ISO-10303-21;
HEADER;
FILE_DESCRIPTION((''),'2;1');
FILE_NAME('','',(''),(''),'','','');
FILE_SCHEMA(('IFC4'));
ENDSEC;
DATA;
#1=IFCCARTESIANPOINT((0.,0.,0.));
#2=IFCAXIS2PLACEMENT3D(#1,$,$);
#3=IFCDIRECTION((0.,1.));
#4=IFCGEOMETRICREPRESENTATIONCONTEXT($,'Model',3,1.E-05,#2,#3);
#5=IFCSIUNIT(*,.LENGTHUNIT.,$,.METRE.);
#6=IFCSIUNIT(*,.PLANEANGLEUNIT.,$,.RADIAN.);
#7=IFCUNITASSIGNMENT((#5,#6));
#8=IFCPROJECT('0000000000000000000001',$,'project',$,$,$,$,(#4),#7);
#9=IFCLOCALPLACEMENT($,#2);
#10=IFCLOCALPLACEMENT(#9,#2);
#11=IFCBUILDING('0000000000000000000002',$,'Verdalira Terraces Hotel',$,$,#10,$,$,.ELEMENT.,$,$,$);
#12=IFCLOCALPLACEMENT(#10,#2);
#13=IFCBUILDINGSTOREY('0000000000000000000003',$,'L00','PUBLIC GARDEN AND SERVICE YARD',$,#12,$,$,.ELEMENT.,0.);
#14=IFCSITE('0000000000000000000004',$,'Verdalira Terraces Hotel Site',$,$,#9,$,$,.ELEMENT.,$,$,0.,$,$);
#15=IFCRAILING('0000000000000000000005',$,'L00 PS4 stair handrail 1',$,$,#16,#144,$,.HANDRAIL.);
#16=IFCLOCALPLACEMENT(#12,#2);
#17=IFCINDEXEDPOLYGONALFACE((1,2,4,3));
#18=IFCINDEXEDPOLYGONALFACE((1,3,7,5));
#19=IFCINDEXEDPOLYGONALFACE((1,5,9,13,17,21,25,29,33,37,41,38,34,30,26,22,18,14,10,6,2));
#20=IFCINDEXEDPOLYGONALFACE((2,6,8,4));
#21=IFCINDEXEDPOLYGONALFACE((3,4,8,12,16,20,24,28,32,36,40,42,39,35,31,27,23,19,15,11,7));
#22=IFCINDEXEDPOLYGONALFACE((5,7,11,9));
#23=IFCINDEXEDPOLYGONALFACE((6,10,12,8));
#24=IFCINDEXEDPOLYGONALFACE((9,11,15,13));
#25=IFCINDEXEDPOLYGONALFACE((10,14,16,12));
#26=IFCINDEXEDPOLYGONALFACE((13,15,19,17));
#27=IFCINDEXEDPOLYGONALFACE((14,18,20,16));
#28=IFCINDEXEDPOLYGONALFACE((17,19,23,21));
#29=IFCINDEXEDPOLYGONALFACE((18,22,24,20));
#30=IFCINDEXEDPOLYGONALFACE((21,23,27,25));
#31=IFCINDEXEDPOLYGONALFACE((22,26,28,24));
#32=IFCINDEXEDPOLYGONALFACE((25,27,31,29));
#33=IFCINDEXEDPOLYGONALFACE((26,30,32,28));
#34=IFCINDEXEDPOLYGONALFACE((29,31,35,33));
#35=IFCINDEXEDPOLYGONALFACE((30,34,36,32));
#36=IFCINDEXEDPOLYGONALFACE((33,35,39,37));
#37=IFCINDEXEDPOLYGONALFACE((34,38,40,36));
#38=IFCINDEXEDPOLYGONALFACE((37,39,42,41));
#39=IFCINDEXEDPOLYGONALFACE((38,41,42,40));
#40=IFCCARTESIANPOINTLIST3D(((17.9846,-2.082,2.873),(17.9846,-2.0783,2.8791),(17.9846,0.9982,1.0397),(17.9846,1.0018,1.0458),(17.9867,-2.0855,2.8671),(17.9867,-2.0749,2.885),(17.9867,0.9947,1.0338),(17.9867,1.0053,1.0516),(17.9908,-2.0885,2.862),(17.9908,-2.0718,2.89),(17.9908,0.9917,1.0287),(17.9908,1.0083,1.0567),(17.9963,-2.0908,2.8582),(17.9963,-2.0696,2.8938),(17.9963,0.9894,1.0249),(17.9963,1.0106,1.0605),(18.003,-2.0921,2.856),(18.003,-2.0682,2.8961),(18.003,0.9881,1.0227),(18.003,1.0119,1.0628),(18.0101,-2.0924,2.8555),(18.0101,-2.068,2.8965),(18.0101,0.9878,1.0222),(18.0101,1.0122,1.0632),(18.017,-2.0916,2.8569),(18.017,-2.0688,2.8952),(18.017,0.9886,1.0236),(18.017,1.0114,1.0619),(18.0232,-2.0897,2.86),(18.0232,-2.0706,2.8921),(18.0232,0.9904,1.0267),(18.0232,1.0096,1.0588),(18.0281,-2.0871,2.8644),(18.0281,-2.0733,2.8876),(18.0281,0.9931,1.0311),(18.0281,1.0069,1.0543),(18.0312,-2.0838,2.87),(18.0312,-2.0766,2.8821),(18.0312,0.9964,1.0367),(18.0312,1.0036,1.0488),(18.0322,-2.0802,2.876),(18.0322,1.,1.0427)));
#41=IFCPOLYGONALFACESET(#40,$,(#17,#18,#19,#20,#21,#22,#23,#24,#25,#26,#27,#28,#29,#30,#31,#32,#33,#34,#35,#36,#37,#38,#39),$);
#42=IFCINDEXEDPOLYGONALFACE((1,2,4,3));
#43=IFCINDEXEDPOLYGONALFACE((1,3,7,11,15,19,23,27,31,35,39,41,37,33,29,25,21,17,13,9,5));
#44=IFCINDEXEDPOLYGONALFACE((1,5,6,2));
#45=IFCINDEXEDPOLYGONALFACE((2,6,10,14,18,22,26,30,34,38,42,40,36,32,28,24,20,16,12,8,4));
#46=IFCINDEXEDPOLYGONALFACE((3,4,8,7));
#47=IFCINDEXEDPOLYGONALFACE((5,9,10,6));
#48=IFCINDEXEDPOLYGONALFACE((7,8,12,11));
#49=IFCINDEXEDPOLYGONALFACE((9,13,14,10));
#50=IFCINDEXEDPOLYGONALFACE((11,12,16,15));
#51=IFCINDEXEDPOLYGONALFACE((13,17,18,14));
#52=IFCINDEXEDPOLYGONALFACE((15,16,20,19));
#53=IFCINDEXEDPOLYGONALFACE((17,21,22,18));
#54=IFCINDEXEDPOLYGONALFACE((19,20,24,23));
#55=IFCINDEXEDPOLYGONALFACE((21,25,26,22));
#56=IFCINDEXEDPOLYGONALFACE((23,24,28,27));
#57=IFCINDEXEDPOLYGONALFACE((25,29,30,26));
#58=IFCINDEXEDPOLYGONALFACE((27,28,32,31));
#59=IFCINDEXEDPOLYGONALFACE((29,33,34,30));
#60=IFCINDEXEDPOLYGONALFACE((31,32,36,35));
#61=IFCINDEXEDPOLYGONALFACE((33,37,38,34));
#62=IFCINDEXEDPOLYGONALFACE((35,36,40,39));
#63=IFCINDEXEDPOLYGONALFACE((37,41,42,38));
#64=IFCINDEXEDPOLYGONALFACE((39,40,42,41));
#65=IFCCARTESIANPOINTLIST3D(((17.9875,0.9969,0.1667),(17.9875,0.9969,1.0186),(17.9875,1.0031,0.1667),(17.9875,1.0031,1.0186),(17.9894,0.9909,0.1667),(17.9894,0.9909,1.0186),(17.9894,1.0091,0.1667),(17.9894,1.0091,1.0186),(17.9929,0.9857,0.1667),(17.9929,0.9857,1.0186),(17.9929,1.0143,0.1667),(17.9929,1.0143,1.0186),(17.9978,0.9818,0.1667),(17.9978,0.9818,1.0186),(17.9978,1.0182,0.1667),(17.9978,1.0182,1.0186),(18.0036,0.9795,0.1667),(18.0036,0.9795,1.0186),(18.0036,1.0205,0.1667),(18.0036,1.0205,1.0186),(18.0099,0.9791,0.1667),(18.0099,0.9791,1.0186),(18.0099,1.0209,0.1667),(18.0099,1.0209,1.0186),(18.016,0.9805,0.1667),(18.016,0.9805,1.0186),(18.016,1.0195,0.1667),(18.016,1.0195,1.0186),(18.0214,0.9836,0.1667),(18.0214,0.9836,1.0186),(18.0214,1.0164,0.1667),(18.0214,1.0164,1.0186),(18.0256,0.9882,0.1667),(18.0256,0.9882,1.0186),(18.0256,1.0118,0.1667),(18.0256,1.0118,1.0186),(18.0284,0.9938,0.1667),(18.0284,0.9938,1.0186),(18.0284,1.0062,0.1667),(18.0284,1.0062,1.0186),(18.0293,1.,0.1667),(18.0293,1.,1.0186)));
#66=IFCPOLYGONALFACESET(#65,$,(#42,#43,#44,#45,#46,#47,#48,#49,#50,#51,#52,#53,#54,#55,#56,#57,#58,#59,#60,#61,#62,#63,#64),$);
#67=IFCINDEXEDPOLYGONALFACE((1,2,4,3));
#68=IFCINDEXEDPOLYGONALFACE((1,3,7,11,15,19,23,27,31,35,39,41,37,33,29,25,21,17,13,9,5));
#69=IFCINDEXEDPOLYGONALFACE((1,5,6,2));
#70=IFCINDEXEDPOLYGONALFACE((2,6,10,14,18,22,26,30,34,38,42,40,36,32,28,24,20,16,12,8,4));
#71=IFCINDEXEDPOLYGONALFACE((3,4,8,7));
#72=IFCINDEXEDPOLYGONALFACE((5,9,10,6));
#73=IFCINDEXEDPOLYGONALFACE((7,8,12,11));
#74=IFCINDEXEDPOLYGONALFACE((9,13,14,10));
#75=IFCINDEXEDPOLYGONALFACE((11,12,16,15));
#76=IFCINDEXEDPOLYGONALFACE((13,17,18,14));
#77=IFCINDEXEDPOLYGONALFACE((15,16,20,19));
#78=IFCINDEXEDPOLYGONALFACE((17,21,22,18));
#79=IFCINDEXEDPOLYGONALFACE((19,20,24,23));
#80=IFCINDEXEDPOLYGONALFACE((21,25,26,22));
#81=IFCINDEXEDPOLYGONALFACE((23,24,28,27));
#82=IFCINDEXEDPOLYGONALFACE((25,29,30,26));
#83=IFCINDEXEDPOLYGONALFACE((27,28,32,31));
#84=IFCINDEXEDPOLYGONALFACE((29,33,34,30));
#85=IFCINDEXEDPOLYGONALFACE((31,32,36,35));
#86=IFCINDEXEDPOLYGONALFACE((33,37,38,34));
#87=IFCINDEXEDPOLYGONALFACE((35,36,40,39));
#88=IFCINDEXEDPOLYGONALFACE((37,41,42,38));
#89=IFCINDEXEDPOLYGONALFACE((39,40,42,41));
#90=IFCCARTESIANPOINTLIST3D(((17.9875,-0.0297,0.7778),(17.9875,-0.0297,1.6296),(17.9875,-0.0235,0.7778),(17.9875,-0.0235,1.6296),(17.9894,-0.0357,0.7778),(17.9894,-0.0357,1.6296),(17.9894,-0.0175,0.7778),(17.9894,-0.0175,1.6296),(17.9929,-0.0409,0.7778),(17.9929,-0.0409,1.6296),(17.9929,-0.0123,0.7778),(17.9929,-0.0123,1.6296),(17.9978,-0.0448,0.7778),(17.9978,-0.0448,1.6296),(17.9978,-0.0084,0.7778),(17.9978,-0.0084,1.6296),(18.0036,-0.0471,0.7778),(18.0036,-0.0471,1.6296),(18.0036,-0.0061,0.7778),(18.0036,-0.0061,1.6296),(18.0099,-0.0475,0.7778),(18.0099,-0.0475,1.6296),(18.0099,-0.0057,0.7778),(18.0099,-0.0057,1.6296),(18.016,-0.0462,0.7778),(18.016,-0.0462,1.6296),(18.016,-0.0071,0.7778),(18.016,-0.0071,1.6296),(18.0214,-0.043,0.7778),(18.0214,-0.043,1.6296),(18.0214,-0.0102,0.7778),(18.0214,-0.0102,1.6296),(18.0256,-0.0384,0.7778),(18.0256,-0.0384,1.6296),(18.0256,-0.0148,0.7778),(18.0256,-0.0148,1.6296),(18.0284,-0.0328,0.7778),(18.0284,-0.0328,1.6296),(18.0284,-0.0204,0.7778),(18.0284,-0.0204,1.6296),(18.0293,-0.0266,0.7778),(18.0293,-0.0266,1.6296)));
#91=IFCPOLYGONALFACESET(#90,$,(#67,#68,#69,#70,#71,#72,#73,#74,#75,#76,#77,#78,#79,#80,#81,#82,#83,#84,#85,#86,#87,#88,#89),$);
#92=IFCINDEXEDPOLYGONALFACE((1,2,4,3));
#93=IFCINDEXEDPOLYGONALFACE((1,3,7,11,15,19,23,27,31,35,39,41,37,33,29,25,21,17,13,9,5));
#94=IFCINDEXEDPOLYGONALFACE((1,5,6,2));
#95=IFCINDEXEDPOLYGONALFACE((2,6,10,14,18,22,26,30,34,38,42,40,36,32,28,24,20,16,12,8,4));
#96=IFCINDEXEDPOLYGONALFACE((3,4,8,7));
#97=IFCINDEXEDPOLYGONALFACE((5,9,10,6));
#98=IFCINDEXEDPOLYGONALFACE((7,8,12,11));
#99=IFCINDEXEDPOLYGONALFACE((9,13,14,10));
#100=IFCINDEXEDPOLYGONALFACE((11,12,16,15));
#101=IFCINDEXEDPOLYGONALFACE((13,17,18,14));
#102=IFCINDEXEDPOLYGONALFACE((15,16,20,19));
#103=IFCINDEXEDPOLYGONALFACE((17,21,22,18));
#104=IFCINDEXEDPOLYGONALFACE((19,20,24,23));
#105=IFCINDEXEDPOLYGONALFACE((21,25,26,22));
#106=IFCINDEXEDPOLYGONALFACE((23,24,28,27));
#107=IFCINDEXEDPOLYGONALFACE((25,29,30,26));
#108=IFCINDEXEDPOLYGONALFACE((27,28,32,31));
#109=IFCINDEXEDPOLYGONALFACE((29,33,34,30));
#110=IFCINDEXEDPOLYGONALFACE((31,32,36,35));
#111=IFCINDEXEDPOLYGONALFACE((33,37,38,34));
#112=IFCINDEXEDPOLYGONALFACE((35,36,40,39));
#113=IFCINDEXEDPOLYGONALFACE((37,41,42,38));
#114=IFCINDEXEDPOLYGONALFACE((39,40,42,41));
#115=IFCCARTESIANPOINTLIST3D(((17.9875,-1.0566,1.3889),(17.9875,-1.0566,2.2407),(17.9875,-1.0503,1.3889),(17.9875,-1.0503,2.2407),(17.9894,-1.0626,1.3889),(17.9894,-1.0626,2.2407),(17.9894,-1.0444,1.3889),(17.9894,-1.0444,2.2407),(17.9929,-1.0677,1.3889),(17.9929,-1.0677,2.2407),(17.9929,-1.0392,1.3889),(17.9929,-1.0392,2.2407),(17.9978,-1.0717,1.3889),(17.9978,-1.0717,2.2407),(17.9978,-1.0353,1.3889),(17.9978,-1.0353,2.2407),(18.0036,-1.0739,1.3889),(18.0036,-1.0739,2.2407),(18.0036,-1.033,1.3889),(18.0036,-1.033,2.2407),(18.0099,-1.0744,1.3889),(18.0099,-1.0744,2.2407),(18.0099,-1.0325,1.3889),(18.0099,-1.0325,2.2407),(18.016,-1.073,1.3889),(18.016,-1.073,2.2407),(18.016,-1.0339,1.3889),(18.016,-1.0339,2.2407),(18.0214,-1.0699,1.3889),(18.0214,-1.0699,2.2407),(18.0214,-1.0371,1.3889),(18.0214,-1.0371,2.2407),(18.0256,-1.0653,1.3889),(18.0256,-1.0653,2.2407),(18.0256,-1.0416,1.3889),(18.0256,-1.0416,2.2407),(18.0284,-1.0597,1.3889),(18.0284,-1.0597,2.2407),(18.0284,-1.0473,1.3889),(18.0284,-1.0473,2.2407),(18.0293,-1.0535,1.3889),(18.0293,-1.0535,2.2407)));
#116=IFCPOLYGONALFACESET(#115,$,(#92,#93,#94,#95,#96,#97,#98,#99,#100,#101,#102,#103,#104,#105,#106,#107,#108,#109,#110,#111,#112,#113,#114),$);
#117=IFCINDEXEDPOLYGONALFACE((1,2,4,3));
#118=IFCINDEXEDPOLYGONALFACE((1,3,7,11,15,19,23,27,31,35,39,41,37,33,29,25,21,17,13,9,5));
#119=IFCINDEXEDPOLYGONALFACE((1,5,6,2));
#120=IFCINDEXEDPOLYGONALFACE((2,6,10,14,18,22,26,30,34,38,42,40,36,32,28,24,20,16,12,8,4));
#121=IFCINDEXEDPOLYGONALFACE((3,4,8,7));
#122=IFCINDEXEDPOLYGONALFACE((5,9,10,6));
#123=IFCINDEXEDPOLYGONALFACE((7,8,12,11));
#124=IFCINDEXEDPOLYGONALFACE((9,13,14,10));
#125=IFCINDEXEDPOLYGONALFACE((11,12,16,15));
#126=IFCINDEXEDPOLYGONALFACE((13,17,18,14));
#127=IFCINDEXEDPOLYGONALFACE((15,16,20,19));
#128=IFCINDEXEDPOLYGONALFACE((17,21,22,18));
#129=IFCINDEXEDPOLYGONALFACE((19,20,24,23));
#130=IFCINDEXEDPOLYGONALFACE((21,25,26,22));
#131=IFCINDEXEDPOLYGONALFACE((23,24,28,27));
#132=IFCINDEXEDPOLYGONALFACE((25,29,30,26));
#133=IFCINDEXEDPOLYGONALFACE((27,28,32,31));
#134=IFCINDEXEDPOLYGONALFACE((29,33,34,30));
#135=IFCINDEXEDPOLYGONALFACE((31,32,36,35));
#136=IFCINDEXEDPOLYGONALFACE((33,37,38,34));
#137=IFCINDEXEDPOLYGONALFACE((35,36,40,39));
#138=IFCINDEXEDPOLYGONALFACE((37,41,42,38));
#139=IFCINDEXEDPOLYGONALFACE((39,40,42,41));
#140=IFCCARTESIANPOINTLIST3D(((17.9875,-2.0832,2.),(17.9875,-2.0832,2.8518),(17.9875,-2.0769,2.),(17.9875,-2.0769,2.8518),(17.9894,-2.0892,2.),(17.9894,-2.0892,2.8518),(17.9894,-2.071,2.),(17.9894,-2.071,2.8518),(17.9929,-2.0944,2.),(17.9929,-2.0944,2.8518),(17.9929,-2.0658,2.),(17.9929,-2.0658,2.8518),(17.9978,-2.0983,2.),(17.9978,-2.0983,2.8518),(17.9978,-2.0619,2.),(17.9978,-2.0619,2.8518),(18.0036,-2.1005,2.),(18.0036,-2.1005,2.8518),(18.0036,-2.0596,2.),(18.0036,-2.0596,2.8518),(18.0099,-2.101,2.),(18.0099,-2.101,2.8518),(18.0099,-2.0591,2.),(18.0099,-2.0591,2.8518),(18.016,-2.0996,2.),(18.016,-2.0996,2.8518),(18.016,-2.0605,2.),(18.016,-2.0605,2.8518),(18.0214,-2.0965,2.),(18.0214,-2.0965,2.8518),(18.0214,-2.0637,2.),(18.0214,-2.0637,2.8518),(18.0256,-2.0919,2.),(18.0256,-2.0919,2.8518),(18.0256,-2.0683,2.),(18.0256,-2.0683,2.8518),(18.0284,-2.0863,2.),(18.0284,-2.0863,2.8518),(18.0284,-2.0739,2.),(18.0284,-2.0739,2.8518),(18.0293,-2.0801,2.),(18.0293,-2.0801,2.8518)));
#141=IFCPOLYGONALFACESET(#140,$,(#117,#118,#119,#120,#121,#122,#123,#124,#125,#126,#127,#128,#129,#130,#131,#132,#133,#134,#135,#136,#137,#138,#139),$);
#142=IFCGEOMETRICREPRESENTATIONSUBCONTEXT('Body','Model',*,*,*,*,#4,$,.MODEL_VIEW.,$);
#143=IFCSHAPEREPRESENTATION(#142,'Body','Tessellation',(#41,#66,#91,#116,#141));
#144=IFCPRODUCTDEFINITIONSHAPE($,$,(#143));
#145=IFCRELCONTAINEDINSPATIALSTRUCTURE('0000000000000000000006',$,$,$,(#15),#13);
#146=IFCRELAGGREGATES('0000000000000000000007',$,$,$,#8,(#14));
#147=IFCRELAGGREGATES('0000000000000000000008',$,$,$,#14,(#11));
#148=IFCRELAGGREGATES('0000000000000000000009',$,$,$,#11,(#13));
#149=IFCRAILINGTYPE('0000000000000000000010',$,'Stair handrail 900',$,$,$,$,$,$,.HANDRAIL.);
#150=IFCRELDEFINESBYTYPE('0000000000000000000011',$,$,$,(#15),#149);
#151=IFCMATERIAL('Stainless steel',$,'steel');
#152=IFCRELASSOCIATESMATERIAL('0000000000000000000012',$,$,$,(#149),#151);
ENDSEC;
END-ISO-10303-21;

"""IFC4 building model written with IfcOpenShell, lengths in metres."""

from ifc_helpers import new_model, si_unit, direction, frame, origin, origin_2d, place, context, subcontext, project, spatial, circle, extrude, material, type_object, element, save


model = new_model("IFC4")

# Units and contexts
model_context = context("Model", 3, precision=1e-05, world=origin(), true_north=direction((0.0, 1.0)))
body_context = subcontext(model_context, "Body", "Model", "MODEL_VIEW")
ifc_project = project(units=[si_unit("LENGTHUNIT", "METRE"), si_unit("PLANEANGLEUNIT", "RADIAN")], contexts=[model_context])

# Site, building, storey
site_placement = place(None, origin())
site = spatial("IfcSite", under=ifc_project, at=site_placement, Name="Verdalira Terraces Hotel Site", CompositionType="ELEMENT", RefElevation=0.0)
building_placement = place(site_placement, origin())
building = spatial("IfcBuilding", under=site, at=building_placement, Name="Verdalira Terraces Hotel", CompositionType="ELEMENT")
storey_placement = place(building_placement, origin())
storey = spatial("IfcBuildingStorey", under=building, at=storey_placement, Name="L00", Description="PUBLIC GARDEN AND SERVICE YARD", CompositionType="ELEMENT", Elevation=0.0)

# Railing
ifc_material_1 = material(Name="Stainless steel", Category="steel")
railing_type_1 = type_object("IfcRailingType", Name="Stair handrail 900", PredefinedType="HANDRAIL", material=ifc_material_1)
for number, where, name in (
    (1, (18.0083, 1.0, 0.1667), "L00 PS4 stair handrail 1"),
):
    element("IfcRailing", number, at=place(storey_placement, frame(where)), inside=storey, type_object=railing_type_1, Name=name, PredefinedType="HANDRAIL", context=body_context, shape_type="SweptSolid", body=[
        extrude(circle(Radius=0.0239, at=origin_2d()), frame((0.0, 0.0, 0.876), z_axis=(0.0, -0.859309, 0.511458), x_axis=(1.0, 0.0, 0.0)), (0.0, 0.0, 1.0), 3.5845),
        extrude(circle(Radius=0.021, at=origin_2d()), origin(), (0.0, 0.0, 1.0), 0.8518),
        extrude(circle(Radius=0.021, at=origin_2d()), frame((0.0, -1.0266, 0.6111)), (0.0, 0.0, 1.0), 0.8518),
        extrude(circle(Radius=0.021, at=origin_2d()), frame((0.0, -2.0535, 1.2222)), (0.0, 0.0, 1.0), 0.8518),
        extrude(circle(Radius=0.021, at=origin_2d()), frame((0.0, -3.0801, 1.8333)), (0.0, 0.0, 1.0), 0.8518),
    ])

save(model, "model.ifc")
